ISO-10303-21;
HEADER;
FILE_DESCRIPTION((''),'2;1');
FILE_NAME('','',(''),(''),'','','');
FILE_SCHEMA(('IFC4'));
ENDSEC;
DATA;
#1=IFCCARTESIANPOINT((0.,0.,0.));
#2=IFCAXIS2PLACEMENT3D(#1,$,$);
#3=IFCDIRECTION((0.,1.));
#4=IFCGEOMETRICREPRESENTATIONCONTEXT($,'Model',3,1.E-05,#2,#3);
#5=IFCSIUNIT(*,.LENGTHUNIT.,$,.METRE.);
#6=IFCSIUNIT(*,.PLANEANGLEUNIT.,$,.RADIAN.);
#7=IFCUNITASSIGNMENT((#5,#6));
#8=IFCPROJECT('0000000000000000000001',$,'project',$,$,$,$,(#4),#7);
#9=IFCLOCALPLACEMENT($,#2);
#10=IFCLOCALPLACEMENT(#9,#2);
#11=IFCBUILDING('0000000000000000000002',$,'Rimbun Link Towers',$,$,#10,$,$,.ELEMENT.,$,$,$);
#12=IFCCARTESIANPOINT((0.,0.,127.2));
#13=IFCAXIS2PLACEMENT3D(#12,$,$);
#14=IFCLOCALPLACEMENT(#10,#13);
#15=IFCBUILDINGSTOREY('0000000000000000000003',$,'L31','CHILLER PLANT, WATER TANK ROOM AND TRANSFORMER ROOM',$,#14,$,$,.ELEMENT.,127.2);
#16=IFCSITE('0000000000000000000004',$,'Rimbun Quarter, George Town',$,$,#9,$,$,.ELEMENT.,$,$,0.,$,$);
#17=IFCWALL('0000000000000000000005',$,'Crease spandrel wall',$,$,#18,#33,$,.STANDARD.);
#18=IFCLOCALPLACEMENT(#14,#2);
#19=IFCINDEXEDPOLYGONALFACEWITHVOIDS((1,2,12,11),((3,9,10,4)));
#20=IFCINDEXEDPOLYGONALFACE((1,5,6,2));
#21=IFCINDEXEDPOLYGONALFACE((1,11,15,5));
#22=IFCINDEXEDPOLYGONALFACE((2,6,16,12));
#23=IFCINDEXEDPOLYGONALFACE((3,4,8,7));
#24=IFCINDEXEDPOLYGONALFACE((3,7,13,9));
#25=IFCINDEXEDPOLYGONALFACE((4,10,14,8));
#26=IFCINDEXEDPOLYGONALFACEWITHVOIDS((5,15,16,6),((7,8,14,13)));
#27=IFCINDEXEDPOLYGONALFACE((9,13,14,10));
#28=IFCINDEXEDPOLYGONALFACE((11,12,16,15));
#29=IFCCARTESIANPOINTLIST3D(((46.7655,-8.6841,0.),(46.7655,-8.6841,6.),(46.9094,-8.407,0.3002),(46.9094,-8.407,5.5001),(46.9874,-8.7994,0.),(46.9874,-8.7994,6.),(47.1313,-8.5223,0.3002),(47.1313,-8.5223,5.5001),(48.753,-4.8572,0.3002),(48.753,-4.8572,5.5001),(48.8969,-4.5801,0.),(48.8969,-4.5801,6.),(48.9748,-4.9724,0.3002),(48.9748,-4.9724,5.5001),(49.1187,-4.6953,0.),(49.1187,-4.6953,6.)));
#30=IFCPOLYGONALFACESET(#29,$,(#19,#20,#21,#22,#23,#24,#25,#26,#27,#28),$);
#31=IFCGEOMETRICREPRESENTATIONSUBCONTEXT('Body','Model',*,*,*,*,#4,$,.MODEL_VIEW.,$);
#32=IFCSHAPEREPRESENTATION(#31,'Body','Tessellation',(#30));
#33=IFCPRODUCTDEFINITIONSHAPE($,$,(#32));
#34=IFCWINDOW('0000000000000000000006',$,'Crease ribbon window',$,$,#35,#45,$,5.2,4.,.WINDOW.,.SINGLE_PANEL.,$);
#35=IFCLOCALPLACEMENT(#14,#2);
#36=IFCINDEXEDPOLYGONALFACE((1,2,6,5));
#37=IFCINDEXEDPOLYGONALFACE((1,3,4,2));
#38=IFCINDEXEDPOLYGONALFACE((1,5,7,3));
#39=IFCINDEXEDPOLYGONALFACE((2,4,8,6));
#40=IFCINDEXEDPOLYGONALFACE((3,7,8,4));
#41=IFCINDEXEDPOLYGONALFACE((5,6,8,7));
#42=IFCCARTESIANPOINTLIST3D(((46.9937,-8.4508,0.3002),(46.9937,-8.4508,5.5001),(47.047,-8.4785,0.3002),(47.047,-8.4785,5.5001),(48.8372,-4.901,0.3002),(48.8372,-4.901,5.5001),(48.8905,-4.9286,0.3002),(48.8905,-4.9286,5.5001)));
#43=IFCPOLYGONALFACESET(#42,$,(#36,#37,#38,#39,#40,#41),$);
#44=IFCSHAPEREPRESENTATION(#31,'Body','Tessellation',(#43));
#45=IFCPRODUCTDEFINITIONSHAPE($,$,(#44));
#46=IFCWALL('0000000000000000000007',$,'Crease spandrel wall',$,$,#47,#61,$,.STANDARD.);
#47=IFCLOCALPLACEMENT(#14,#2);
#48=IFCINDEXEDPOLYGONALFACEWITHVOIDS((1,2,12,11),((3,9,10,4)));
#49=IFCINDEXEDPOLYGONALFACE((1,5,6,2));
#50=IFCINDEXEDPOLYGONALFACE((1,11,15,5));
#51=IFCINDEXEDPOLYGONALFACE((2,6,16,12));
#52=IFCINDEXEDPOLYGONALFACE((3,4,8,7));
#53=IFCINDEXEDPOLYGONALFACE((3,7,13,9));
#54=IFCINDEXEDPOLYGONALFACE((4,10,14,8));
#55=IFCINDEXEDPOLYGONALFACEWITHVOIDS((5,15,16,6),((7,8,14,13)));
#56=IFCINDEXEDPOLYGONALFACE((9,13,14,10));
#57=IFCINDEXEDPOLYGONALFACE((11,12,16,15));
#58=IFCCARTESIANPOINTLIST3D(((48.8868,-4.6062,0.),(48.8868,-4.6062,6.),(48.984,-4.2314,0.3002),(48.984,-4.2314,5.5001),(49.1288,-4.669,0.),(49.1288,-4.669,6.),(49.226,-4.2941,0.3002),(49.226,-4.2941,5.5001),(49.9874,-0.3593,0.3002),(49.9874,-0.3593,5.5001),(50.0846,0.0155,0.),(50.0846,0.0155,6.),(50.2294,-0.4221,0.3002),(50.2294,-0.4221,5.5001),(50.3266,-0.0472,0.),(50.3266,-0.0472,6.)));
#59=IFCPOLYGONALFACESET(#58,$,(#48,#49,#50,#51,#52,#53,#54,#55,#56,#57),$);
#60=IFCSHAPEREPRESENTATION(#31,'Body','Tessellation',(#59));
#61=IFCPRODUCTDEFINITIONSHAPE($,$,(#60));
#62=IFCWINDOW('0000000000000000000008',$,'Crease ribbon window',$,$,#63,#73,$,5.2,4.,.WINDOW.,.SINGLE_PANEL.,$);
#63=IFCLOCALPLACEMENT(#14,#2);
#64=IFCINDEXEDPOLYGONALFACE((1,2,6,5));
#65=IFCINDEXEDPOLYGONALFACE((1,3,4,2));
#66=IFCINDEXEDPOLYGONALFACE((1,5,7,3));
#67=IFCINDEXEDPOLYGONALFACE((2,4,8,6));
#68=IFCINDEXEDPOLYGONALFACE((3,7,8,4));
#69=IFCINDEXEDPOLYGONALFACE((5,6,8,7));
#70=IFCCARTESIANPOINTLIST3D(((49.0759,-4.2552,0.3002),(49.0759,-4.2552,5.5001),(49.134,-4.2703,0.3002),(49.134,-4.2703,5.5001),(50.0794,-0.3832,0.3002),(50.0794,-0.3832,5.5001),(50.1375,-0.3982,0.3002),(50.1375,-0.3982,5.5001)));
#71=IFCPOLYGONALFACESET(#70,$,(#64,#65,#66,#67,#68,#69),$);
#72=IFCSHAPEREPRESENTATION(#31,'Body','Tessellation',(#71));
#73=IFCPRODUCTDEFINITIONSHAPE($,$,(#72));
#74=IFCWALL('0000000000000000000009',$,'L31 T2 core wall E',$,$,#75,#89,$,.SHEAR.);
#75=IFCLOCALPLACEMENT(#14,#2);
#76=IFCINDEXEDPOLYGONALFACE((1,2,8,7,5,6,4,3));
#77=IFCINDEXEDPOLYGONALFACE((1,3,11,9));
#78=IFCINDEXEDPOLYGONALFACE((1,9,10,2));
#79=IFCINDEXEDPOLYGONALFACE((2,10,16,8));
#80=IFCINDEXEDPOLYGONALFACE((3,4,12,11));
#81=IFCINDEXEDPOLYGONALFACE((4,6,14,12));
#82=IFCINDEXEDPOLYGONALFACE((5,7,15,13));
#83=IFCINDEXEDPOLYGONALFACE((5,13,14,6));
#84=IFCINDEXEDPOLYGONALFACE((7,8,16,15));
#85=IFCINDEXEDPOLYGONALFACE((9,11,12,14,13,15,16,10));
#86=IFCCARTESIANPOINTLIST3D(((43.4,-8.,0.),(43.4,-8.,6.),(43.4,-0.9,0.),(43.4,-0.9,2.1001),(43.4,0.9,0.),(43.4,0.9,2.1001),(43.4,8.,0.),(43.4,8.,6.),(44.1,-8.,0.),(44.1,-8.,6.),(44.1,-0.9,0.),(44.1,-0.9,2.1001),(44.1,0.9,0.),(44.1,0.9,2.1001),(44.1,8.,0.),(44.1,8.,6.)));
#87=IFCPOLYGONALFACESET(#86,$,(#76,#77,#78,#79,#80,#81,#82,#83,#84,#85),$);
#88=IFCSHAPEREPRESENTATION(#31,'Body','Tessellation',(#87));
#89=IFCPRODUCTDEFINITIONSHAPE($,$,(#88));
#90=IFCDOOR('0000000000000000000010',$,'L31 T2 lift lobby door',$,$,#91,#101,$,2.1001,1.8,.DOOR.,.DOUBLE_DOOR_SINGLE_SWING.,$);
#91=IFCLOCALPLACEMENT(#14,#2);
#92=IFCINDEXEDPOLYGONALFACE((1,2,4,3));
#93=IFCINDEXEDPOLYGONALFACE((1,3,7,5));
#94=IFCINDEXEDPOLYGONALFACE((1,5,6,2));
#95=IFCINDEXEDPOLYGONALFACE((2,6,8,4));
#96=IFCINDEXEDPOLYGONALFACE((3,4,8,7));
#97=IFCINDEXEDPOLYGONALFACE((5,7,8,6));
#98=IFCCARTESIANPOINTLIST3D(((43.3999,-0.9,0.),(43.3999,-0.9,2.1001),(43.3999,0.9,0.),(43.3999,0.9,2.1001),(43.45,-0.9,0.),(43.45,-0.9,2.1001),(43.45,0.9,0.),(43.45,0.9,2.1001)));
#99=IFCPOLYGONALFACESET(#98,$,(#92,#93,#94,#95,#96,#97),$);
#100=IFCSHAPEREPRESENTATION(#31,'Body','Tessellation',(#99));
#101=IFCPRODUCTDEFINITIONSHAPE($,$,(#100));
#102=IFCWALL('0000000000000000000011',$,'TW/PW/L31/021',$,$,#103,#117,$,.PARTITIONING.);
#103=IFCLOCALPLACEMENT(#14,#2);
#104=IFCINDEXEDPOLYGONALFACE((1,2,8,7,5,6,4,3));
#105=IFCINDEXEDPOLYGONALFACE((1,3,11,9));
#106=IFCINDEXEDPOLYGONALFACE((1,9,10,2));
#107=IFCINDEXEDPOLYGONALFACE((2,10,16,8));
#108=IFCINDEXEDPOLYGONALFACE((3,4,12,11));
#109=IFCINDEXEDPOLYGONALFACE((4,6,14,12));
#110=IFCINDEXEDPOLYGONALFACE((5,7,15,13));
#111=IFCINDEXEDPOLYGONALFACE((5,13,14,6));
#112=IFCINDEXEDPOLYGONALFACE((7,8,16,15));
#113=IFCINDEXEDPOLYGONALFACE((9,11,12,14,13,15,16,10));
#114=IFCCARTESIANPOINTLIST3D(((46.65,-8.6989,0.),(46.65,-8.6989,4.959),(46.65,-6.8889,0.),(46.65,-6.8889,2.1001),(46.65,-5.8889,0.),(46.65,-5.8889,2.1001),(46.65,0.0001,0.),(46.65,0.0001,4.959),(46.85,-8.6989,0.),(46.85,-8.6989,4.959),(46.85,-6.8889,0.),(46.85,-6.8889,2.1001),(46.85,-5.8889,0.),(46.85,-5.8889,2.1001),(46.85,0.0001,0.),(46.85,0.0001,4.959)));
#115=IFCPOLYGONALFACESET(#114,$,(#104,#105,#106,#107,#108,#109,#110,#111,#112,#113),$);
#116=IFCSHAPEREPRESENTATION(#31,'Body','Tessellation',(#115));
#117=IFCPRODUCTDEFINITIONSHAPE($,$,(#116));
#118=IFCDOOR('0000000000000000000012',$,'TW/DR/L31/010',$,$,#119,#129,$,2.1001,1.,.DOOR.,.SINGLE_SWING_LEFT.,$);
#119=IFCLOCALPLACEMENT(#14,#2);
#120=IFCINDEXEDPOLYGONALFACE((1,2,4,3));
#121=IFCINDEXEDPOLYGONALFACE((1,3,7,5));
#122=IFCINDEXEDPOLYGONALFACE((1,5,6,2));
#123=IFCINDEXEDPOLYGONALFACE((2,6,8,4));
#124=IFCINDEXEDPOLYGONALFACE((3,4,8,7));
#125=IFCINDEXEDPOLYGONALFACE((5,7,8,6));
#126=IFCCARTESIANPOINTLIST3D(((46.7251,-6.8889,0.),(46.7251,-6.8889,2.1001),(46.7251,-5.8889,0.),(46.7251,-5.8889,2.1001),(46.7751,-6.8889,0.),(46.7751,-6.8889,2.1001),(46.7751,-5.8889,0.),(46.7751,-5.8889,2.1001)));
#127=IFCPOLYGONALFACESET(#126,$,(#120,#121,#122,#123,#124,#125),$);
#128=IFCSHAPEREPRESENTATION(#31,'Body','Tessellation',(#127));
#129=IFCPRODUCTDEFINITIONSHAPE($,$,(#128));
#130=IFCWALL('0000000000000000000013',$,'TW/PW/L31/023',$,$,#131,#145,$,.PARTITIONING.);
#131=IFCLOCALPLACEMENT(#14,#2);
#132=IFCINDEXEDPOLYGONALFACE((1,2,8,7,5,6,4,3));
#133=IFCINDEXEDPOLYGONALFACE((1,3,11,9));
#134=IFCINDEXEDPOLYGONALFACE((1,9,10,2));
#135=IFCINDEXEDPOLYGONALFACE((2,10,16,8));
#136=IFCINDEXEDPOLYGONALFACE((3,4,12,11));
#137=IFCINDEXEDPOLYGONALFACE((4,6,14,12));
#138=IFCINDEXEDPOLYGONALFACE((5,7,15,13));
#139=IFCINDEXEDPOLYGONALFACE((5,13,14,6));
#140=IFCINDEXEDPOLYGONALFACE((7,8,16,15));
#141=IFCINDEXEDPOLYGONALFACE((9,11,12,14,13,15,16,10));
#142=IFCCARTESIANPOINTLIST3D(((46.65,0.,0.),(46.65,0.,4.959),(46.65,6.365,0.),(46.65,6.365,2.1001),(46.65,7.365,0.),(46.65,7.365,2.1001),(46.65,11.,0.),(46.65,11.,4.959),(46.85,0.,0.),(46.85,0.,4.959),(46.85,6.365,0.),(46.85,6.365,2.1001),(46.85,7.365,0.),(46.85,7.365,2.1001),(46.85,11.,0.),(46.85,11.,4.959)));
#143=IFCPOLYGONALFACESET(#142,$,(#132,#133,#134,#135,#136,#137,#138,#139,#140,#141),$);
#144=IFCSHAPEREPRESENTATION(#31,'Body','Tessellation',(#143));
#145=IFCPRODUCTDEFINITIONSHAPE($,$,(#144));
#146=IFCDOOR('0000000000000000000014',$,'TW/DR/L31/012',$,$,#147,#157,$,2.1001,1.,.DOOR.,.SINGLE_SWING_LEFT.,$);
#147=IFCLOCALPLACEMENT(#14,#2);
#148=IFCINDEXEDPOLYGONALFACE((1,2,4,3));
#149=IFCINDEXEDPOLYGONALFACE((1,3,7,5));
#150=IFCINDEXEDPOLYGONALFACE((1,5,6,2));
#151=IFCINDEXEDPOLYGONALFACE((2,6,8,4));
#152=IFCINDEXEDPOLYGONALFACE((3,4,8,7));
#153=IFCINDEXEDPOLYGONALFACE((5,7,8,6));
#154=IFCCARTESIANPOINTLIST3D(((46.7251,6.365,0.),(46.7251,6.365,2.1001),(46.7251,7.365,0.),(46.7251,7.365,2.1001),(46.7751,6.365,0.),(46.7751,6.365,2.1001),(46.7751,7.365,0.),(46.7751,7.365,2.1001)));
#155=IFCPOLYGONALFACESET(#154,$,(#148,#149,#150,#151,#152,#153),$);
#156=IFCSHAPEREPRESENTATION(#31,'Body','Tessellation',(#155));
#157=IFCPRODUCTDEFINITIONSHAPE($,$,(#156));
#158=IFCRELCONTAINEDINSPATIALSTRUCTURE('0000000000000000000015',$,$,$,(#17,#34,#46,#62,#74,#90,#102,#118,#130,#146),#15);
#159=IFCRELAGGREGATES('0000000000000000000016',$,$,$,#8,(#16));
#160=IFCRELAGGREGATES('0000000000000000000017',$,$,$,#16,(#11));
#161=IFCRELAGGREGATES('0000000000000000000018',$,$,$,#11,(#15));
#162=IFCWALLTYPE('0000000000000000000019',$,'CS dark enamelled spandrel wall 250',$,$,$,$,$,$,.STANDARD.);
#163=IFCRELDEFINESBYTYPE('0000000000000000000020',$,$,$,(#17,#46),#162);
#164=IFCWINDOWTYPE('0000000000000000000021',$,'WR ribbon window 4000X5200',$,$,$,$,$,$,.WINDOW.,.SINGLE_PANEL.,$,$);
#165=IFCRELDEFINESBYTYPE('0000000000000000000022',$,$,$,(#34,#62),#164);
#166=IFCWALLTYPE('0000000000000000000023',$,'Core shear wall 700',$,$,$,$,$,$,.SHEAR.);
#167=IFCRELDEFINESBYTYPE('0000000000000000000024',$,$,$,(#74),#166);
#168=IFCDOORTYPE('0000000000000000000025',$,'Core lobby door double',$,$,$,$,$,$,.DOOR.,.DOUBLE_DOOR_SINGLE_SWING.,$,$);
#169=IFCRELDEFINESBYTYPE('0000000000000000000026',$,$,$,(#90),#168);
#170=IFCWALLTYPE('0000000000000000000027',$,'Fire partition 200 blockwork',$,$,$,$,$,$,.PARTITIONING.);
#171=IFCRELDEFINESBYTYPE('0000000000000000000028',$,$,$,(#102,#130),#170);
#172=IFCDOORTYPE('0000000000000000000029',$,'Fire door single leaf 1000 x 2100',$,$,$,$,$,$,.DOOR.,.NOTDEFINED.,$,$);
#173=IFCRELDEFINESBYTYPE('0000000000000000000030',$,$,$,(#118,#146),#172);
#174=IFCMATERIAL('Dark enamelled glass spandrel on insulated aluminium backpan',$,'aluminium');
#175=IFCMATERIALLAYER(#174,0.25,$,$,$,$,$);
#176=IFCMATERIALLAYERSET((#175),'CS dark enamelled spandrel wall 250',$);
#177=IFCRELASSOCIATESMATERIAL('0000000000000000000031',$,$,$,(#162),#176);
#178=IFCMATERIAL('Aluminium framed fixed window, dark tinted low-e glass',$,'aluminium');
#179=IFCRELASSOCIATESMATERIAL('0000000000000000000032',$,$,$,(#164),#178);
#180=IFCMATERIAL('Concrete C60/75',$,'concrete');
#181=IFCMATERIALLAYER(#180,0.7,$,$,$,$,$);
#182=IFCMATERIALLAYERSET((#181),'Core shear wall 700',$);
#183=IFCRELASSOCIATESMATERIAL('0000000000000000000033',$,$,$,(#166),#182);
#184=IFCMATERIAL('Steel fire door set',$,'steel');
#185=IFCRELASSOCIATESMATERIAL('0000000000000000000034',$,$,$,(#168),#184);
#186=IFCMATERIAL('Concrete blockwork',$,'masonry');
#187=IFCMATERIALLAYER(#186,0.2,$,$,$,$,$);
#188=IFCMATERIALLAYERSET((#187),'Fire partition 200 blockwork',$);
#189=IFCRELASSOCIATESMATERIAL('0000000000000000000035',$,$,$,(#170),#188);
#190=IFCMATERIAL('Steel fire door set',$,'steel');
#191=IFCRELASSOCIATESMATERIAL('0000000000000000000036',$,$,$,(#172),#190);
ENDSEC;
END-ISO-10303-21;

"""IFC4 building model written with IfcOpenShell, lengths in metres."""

from ifc_helpers import new_model, si_unit, direction, frame, frame_2d, origin, place, context, subcontext, project, spatial, rectangle, extrude, material, layer, layer_set, type_object, element, fill, save


model = new_model("IFC4")

# Units and contexts
model_context = context("Model", 3, precision=1e-05, world=origin(), true_north=direction((0.0, 1.0)))
body_context = subcontext(model_context, "Body", "Model", "MODEL_VIEW")
ifc_project = project(units=[si_unit("LENGTHUNIT", "METRE"), si_unit("PLANEANGLEUNIT", "RADIAN")], contexts=[model_context])

# Site, building, storey
site_placement = place(None, origin())
site = spatial("IfcSite", under=ifc_project, at=site_placement, Name="Rimbun Quarter, George Town", CompositionType="ELEMENT", RefElevation=0.0)
building_placement = place(site_placement, origin())
building = spatial("IfcBuilding", under=site, at=building_placement, Name="Rimbun Link Towers", CompositionType="ELEMENT")
storey_placement = place(building_placement, frame((0.0, 0.0, 127.2)))
storey = spatial("IfcBuildingStorey", under=building, at=storey_placement, Name="L31", Description="CHILLER PLANT, WATER TANK ROOM AND TRANSFORMER ROOM", CompositionType="ELEMENT", Elevation=127.2)

# Walls, openings, windows
ifc_material_1 = material(Name="Dark enamelled glass spandrel on insulated aluminium backpan", Category="aluminium")
ifc_layer_1 = layer(ifc_material_1, 0.25)
ifc_layer_set_1 = layer_set([ifc_layer_1], Name="CS dark enamelled spandrel wall 250")
wall_type_1 = type_object("IfcWallType", Name="CS dark enamelled spandrel wall 250", PredefinedType="STANDARD", material=ifc_layer_set_1)
wall_1_placement = place(storey_placement, frame((49.0078, -4.6377, 0.0), z_axis=(0.0, 0.0, 1.0), x_axis=(-0.460887, -0.887459, 0.0)))
wall_1 = element("IfcWall", 1, at=wall_1_placement, inside=storey, type_object=wall_type_1, Name="Crease spandrel wall", PredefinedType="STANDARD", context=body_context, shape_type="SweptSolid", body=[
    extrude(rectangle(XDim=4.6245, YDim=0.25, at=frame_2d((2.3123, 0.0))), origin(), (0.0, 0.0, 1.0), 6.0),
])
opening_1_placement = place(wall_1_placement, frame((0.3123, 0.0, 0.3)))
opening_1 = element("IfcOpeningElement", 2, at=opening_1_placement, cuts=wall_1, PredefinedType="OPENING", context=body_context, shape_type="SweptSolid", body=[
    extrude(rectangle(XDim=4.0, YDim=5.2, at=frame_2d((2.0, 2.6001))), frame((0.0, 0.135, 0.0), z_axis=(0.0, -1.0, 0.0), x_axis=(1.0, 0.0, 0.0)), (0.0, 0.0, 1.0), 0.27),
])
ifc_material_2 = material(Name="Aluminium framed fixed window, dark tinted low-e glass", Category="aluminium")
window_type = type_object("IfcWindowType", Name="WR ribbon window 4000X5200", PartitioningType="SINGLE_PANEL", PredefinedType="WINDOW", material=ifc_material_2)
window_1_placement = place(opening_1_placement, origin())
window_1 = element("IfcWindow", 3, at=window_1_placement, inside=storey, type_object=window_type, Name="Crease ribbon window", OverallHeight=5.2, OverallWidth=4.0, PartitioningType="SINGLE_PANEL", PredefinedType="WINDOW", context=body_context, shape_type="SweptSolid", body=[
    extrude(rectangle(XDim=4.0, YDim=5.2, at=frame_2d((2.0, 2.6001))), frame((0.0, 0.03, 0.0), z_axis=(0.0, -1.0, 0.0), x_axis=(1.0, 0.0, 0.0)), (0.0, 0.0, 1.0), 0.0601),
])
fill(opening_1, window_1)
wall_2_placement = place(storey_placement, frame((50.2056, -0.0159, 0.0), z_axis=(0.0, 0.0, 1.0), x_axis=(-0.250865, -0.968022, 0.0)))
wall_2 = element("IfcWall", 4, at=wall_2_placement, inside=storey, type_object=wall_type_1, Name="Crease spandrel wall", PredefinedType="STANDARD", context=body_context, shape_type="SweptSolid", body=[
    extrude(rectangle(XDim=4.7744, YDim=0.25, at=frame_2d((2.3872, 0.0))), origin(), (0.0, 0.0, 1.0), 6.0),
])
opening_2_placement = place(wall_2_placement, frame((0.3872, 0.0, 0.3)))
opening_2 = element("IfcOpeningElement", 5, at=opening_2_placement, cuts=wall_2, PredefinedType="OPENING", context=body_context, shape_type="SweptSolid", body=[
    extrude(rectangle(XDim=4.0, YDim=5.2, at=frame_2d((2.0, 2.6001))), frame((0.0, 0.135, 0.0), z_axis=(0.0, -1.0, 0.0), x_axis=(1.0, 0.0, 0.0)), (0.0, 0.0, 1.0), 0.27),
])
window_2_placement = place(opening_2_placement, origin())
window_2 = element("IfcWindow", 6, at=window_2_placement, inside=storey, type_object=window_type, Name="Crease ribbon window", OverallHeight=5.2, OverallWidth=4.0, PartitioningType="SINGLE_PANEL", PredefinedType="WINDOW", context=body_context, shape_type="SweptSolid", body=[
    extrude(rectangle(XDim=4.0, YDim=5.2, at=frame_2d((2.0, 2.6001))), frame((0.0, 0.03, 0.0), z_axis=(0.0, -1.0, 0.0), x_axis=(1.0, 0.0, 0.0)), (0.0, 0.0, 1.0), 0.0601),
])
fill(opening_2, window_2)

# Walls, openings, doors
ifc_material_3 = material(Name="Concrete C60/75", Category="concrete")
ifc_layer_2 = layer(ifc_material_3, 0.7)
ifc_layer_set_2 = layer_set([ifc_layer_2], Name="Core shear wall 700")
wall_type_2 = type_object("IfcWallType", Name="Core shear wall 700", PredefinedType="SHEAR", material=ifc_layer_set_2)
wall_3_placement = place(storey_placement, frame((43.75, -8.0, 0.0), z_axis=(0.0, 0.0, 1.0), x_axis=(0.0, 1.0, 0.0)))
wall_3 = element("IfcWall", 7, at=wall_3_placement, inside=storey, type_object=wall_type_2, Name="L31 T2 core wall E", PredefinedType="SHEAR", context=body_context, shape_type="SweptSolid", body=[
    extrude(rectangle(XDim=16.0, YDim=0.7, at=frame_2d((8.0, 0.0))), origin(), (0.0, 0.0, 1.0), 6.0),
])
opening_3_placement = place(wall_3_placement, frame((7.1001, 0.0, 0.0)))
opening_3 = element("IfcOpeningElement", 8, at=opening_3_placement, cuts=wall_3, PredefinedType="OPENING", context=body_context, shape_type="SweptSolid", body=[
    extrude(rectangle(XDim=1.8, YDim=2.1001, at=frame_2d((0.8999, 1.05))), frame((0.0, 0.3599, 0.0), z_axis=(0.0, -1.0, 0.0), x_axis=(1.0, 0.0, 0.0)), (0.0, 0.0, 1.0), 0.72),
])
ifc_material_4 = material(Name="Steel fire door set", Category="steel")
door_type_1 = type_object("IfcDoorType", Name="Core lobby door double", OperationType="DOUBLE_DOOR_SINGLE_SWING", PredefinedType="DOOR", material=ifc_material_4)
door_1_placement = place(opening_3_placement, origin())
door_1 = element("IfcDoor", 9, at=door_1_placement, inside=storey, type_object=door_type_1, Name="L31 T2 lift lobby door", OperationType="DOUBLE_DOOR_SINGLE_SWING", OverallHeight=2.1001, OverallWidth=1.8, PredefinedType="DOOR", context=body_context, shape_type="SweptSolid", body=[
    extrude(rectangle(XDim=1.8, YDim=2.1001, at=frame_2d((0.8999, 1.05))), frame((0.0, 0.3501, 0.0), z_axis=(0.0, -1.0, 0.0), x_axis=(1.0, 0.0, 0.0)), (0.0, 0.0, 1.0), 0.05),
])
fill(opening_3, door_1)
ifc_material_5 = material(Name="Concrete blockwork", Category="masonry")
ifc_layer_3 = layer(ifc_material_5, 0.2)
ifc_layer_set_3 = layer_set([ifc_layer_3], Name="Fire partition 200 blockwork")
wall_type_3 = type_object("IfcWallType", Name="Fire partition 200 blockwork", PredefinedType="PARTITIONING", material=ifc_layer_set_3)
wall_4_placement = place(storey_placement, frame((46.75, -8.699, 0.0), z_axis=(0.0, 0.0, 1.0), x_axis=(0.0, 1.0, 0.0)))
wall_4 = element("IfcWall", 10, at=wall_4_placement, inside=storey, type_object=wall_type_3, Name="TW/PW/L31/021", PredefinedType="PARTITIONING", context=body_context, shape_type="SweptSolid", body=[
    extrude(rectangle(XDim=8.699, YDim=0.2, at=frame_2d((4.3496, 0.0))), origin(), (0.0, 0.0, 1.0), 4.959),
])
opening_4_placement = place(wall_4_placement, frame((1.8101, 0.0, 0.0)))
opening_4 = element("IfcOpeningElement", 11, at=opening_4_placement, cuts=wall_4, PredefinedType="OPENING", context=body_context, shape_type="SweptSolid", body=[
    extrude(rectangle(XDim=1.0, YDim=2.1001, at=frame_2d((0.5, 1.05))), frame((0.0, 0.1099, 0.0), z_axis=(0.0, -1.0, 0.0), x_axis=(1.0, 0.0, 0.0)), (0.0, 0.0, 1.0), 0.22),
])
ifc_material_6 = material(Name="Steel fire door set", Category="steel")
door_type_2 = type_object("IfcDoorType", Name="Fire door single leaf 1000 x 2100", OperationType="NOTDEFINED", PredefinedType="DOOR", material=ifc_material_6)
door_2_placement = place(opening_4_placement, origin())
door_2 = element("IfcDoor", 12, at=door_2_placement, inside=storey, type_object=door_type_2, Name="TW/DR/L31/010", OperationType="SINGLE_SWING_LEFT", OverallHeight=2.1001, OverallWidth=1.0, PredefinedType="DOOR", context=body_context, shape_type="SweptSolid", body=[
    extrude(rectangle(XDim=1.0, YDim=2.1001, at=frame_2d((0.5, 1.05))), frame((0.0, 0.0249, 0.0), z_axis=(0.0, -1.0, 0.0), x_axis=(1.0, 0.0, 0.0)), (0.0, 0.0, 1.0), 0.05),
])
fill(opening_4, door_2)
wall_5_placement = place(storey_placement, frame((46.75, 0.0, 0.0), z_axis=(0.0, 0.0, 1.0), x_axis=(0.0, 1.0, 0.0)))
wall_5 = element("IfcWall", 13, at=wall_5_placement, inside=storey, type_object=wall_type_3, Name="TW/PW/L31/023", PredefinedType="PARTITIONING", context=body_context, shape_type="SweptSolid", body=[
    extrude(rectangle(XDim=11.0, YDim=0.2, at=frame_2d((5.5, 0.0))), origin(), (0.0, 0.0, 1.0), 4.959),
])
opening_5_placement = place(wall_5_placement, frame((6.365, 0.0, 0.0)))
opening_5 = element("IfcOpeningElement", 14, at=opening_5_placement, cuts=wall_5, PredefinedType="OPENING", context=body_context, shape_type="SweptSolid", body=[
    extrude(rectangle(XDim=1.0, YDim=2.1001, at=frame_2d((0.5, 1.05))), frame((0.0, 0.1099, 0.0), z_axis=(0.0, -1.0, 0.0), x_axis=(1.0, 0.0, 0.0)), (0.0, 0.0, 1.0), 0.22),
])
door_3_placement = place(opening_5_placement, origin())
door_3 = element("IfcDoor", 15, at=door_3_placement, inside=storey, type_object=door_type_2, Name="TW/DR/L31/012", OperationType="SINGLE_SWING_LEFT", OverallHeight=2.1001, OverallWidth=1.0, PredefinedType="DOOR", context=body_context, shape_type="SweptSolid", body=[
    extrude(rectangle(XDim=1.0, YDim=2.1001, at=frame_2d((0.5, 1.05))), frame((0.0, 0.0249, 0.0), z_axis=(0.0, -1.0, 0.0), x_axis=(1.0, 0.0, 0.0)), (0.0, 0.0, 1.0), 0.05),
])
fill(opening_5, door_3)

save(model, "model.ifc")
